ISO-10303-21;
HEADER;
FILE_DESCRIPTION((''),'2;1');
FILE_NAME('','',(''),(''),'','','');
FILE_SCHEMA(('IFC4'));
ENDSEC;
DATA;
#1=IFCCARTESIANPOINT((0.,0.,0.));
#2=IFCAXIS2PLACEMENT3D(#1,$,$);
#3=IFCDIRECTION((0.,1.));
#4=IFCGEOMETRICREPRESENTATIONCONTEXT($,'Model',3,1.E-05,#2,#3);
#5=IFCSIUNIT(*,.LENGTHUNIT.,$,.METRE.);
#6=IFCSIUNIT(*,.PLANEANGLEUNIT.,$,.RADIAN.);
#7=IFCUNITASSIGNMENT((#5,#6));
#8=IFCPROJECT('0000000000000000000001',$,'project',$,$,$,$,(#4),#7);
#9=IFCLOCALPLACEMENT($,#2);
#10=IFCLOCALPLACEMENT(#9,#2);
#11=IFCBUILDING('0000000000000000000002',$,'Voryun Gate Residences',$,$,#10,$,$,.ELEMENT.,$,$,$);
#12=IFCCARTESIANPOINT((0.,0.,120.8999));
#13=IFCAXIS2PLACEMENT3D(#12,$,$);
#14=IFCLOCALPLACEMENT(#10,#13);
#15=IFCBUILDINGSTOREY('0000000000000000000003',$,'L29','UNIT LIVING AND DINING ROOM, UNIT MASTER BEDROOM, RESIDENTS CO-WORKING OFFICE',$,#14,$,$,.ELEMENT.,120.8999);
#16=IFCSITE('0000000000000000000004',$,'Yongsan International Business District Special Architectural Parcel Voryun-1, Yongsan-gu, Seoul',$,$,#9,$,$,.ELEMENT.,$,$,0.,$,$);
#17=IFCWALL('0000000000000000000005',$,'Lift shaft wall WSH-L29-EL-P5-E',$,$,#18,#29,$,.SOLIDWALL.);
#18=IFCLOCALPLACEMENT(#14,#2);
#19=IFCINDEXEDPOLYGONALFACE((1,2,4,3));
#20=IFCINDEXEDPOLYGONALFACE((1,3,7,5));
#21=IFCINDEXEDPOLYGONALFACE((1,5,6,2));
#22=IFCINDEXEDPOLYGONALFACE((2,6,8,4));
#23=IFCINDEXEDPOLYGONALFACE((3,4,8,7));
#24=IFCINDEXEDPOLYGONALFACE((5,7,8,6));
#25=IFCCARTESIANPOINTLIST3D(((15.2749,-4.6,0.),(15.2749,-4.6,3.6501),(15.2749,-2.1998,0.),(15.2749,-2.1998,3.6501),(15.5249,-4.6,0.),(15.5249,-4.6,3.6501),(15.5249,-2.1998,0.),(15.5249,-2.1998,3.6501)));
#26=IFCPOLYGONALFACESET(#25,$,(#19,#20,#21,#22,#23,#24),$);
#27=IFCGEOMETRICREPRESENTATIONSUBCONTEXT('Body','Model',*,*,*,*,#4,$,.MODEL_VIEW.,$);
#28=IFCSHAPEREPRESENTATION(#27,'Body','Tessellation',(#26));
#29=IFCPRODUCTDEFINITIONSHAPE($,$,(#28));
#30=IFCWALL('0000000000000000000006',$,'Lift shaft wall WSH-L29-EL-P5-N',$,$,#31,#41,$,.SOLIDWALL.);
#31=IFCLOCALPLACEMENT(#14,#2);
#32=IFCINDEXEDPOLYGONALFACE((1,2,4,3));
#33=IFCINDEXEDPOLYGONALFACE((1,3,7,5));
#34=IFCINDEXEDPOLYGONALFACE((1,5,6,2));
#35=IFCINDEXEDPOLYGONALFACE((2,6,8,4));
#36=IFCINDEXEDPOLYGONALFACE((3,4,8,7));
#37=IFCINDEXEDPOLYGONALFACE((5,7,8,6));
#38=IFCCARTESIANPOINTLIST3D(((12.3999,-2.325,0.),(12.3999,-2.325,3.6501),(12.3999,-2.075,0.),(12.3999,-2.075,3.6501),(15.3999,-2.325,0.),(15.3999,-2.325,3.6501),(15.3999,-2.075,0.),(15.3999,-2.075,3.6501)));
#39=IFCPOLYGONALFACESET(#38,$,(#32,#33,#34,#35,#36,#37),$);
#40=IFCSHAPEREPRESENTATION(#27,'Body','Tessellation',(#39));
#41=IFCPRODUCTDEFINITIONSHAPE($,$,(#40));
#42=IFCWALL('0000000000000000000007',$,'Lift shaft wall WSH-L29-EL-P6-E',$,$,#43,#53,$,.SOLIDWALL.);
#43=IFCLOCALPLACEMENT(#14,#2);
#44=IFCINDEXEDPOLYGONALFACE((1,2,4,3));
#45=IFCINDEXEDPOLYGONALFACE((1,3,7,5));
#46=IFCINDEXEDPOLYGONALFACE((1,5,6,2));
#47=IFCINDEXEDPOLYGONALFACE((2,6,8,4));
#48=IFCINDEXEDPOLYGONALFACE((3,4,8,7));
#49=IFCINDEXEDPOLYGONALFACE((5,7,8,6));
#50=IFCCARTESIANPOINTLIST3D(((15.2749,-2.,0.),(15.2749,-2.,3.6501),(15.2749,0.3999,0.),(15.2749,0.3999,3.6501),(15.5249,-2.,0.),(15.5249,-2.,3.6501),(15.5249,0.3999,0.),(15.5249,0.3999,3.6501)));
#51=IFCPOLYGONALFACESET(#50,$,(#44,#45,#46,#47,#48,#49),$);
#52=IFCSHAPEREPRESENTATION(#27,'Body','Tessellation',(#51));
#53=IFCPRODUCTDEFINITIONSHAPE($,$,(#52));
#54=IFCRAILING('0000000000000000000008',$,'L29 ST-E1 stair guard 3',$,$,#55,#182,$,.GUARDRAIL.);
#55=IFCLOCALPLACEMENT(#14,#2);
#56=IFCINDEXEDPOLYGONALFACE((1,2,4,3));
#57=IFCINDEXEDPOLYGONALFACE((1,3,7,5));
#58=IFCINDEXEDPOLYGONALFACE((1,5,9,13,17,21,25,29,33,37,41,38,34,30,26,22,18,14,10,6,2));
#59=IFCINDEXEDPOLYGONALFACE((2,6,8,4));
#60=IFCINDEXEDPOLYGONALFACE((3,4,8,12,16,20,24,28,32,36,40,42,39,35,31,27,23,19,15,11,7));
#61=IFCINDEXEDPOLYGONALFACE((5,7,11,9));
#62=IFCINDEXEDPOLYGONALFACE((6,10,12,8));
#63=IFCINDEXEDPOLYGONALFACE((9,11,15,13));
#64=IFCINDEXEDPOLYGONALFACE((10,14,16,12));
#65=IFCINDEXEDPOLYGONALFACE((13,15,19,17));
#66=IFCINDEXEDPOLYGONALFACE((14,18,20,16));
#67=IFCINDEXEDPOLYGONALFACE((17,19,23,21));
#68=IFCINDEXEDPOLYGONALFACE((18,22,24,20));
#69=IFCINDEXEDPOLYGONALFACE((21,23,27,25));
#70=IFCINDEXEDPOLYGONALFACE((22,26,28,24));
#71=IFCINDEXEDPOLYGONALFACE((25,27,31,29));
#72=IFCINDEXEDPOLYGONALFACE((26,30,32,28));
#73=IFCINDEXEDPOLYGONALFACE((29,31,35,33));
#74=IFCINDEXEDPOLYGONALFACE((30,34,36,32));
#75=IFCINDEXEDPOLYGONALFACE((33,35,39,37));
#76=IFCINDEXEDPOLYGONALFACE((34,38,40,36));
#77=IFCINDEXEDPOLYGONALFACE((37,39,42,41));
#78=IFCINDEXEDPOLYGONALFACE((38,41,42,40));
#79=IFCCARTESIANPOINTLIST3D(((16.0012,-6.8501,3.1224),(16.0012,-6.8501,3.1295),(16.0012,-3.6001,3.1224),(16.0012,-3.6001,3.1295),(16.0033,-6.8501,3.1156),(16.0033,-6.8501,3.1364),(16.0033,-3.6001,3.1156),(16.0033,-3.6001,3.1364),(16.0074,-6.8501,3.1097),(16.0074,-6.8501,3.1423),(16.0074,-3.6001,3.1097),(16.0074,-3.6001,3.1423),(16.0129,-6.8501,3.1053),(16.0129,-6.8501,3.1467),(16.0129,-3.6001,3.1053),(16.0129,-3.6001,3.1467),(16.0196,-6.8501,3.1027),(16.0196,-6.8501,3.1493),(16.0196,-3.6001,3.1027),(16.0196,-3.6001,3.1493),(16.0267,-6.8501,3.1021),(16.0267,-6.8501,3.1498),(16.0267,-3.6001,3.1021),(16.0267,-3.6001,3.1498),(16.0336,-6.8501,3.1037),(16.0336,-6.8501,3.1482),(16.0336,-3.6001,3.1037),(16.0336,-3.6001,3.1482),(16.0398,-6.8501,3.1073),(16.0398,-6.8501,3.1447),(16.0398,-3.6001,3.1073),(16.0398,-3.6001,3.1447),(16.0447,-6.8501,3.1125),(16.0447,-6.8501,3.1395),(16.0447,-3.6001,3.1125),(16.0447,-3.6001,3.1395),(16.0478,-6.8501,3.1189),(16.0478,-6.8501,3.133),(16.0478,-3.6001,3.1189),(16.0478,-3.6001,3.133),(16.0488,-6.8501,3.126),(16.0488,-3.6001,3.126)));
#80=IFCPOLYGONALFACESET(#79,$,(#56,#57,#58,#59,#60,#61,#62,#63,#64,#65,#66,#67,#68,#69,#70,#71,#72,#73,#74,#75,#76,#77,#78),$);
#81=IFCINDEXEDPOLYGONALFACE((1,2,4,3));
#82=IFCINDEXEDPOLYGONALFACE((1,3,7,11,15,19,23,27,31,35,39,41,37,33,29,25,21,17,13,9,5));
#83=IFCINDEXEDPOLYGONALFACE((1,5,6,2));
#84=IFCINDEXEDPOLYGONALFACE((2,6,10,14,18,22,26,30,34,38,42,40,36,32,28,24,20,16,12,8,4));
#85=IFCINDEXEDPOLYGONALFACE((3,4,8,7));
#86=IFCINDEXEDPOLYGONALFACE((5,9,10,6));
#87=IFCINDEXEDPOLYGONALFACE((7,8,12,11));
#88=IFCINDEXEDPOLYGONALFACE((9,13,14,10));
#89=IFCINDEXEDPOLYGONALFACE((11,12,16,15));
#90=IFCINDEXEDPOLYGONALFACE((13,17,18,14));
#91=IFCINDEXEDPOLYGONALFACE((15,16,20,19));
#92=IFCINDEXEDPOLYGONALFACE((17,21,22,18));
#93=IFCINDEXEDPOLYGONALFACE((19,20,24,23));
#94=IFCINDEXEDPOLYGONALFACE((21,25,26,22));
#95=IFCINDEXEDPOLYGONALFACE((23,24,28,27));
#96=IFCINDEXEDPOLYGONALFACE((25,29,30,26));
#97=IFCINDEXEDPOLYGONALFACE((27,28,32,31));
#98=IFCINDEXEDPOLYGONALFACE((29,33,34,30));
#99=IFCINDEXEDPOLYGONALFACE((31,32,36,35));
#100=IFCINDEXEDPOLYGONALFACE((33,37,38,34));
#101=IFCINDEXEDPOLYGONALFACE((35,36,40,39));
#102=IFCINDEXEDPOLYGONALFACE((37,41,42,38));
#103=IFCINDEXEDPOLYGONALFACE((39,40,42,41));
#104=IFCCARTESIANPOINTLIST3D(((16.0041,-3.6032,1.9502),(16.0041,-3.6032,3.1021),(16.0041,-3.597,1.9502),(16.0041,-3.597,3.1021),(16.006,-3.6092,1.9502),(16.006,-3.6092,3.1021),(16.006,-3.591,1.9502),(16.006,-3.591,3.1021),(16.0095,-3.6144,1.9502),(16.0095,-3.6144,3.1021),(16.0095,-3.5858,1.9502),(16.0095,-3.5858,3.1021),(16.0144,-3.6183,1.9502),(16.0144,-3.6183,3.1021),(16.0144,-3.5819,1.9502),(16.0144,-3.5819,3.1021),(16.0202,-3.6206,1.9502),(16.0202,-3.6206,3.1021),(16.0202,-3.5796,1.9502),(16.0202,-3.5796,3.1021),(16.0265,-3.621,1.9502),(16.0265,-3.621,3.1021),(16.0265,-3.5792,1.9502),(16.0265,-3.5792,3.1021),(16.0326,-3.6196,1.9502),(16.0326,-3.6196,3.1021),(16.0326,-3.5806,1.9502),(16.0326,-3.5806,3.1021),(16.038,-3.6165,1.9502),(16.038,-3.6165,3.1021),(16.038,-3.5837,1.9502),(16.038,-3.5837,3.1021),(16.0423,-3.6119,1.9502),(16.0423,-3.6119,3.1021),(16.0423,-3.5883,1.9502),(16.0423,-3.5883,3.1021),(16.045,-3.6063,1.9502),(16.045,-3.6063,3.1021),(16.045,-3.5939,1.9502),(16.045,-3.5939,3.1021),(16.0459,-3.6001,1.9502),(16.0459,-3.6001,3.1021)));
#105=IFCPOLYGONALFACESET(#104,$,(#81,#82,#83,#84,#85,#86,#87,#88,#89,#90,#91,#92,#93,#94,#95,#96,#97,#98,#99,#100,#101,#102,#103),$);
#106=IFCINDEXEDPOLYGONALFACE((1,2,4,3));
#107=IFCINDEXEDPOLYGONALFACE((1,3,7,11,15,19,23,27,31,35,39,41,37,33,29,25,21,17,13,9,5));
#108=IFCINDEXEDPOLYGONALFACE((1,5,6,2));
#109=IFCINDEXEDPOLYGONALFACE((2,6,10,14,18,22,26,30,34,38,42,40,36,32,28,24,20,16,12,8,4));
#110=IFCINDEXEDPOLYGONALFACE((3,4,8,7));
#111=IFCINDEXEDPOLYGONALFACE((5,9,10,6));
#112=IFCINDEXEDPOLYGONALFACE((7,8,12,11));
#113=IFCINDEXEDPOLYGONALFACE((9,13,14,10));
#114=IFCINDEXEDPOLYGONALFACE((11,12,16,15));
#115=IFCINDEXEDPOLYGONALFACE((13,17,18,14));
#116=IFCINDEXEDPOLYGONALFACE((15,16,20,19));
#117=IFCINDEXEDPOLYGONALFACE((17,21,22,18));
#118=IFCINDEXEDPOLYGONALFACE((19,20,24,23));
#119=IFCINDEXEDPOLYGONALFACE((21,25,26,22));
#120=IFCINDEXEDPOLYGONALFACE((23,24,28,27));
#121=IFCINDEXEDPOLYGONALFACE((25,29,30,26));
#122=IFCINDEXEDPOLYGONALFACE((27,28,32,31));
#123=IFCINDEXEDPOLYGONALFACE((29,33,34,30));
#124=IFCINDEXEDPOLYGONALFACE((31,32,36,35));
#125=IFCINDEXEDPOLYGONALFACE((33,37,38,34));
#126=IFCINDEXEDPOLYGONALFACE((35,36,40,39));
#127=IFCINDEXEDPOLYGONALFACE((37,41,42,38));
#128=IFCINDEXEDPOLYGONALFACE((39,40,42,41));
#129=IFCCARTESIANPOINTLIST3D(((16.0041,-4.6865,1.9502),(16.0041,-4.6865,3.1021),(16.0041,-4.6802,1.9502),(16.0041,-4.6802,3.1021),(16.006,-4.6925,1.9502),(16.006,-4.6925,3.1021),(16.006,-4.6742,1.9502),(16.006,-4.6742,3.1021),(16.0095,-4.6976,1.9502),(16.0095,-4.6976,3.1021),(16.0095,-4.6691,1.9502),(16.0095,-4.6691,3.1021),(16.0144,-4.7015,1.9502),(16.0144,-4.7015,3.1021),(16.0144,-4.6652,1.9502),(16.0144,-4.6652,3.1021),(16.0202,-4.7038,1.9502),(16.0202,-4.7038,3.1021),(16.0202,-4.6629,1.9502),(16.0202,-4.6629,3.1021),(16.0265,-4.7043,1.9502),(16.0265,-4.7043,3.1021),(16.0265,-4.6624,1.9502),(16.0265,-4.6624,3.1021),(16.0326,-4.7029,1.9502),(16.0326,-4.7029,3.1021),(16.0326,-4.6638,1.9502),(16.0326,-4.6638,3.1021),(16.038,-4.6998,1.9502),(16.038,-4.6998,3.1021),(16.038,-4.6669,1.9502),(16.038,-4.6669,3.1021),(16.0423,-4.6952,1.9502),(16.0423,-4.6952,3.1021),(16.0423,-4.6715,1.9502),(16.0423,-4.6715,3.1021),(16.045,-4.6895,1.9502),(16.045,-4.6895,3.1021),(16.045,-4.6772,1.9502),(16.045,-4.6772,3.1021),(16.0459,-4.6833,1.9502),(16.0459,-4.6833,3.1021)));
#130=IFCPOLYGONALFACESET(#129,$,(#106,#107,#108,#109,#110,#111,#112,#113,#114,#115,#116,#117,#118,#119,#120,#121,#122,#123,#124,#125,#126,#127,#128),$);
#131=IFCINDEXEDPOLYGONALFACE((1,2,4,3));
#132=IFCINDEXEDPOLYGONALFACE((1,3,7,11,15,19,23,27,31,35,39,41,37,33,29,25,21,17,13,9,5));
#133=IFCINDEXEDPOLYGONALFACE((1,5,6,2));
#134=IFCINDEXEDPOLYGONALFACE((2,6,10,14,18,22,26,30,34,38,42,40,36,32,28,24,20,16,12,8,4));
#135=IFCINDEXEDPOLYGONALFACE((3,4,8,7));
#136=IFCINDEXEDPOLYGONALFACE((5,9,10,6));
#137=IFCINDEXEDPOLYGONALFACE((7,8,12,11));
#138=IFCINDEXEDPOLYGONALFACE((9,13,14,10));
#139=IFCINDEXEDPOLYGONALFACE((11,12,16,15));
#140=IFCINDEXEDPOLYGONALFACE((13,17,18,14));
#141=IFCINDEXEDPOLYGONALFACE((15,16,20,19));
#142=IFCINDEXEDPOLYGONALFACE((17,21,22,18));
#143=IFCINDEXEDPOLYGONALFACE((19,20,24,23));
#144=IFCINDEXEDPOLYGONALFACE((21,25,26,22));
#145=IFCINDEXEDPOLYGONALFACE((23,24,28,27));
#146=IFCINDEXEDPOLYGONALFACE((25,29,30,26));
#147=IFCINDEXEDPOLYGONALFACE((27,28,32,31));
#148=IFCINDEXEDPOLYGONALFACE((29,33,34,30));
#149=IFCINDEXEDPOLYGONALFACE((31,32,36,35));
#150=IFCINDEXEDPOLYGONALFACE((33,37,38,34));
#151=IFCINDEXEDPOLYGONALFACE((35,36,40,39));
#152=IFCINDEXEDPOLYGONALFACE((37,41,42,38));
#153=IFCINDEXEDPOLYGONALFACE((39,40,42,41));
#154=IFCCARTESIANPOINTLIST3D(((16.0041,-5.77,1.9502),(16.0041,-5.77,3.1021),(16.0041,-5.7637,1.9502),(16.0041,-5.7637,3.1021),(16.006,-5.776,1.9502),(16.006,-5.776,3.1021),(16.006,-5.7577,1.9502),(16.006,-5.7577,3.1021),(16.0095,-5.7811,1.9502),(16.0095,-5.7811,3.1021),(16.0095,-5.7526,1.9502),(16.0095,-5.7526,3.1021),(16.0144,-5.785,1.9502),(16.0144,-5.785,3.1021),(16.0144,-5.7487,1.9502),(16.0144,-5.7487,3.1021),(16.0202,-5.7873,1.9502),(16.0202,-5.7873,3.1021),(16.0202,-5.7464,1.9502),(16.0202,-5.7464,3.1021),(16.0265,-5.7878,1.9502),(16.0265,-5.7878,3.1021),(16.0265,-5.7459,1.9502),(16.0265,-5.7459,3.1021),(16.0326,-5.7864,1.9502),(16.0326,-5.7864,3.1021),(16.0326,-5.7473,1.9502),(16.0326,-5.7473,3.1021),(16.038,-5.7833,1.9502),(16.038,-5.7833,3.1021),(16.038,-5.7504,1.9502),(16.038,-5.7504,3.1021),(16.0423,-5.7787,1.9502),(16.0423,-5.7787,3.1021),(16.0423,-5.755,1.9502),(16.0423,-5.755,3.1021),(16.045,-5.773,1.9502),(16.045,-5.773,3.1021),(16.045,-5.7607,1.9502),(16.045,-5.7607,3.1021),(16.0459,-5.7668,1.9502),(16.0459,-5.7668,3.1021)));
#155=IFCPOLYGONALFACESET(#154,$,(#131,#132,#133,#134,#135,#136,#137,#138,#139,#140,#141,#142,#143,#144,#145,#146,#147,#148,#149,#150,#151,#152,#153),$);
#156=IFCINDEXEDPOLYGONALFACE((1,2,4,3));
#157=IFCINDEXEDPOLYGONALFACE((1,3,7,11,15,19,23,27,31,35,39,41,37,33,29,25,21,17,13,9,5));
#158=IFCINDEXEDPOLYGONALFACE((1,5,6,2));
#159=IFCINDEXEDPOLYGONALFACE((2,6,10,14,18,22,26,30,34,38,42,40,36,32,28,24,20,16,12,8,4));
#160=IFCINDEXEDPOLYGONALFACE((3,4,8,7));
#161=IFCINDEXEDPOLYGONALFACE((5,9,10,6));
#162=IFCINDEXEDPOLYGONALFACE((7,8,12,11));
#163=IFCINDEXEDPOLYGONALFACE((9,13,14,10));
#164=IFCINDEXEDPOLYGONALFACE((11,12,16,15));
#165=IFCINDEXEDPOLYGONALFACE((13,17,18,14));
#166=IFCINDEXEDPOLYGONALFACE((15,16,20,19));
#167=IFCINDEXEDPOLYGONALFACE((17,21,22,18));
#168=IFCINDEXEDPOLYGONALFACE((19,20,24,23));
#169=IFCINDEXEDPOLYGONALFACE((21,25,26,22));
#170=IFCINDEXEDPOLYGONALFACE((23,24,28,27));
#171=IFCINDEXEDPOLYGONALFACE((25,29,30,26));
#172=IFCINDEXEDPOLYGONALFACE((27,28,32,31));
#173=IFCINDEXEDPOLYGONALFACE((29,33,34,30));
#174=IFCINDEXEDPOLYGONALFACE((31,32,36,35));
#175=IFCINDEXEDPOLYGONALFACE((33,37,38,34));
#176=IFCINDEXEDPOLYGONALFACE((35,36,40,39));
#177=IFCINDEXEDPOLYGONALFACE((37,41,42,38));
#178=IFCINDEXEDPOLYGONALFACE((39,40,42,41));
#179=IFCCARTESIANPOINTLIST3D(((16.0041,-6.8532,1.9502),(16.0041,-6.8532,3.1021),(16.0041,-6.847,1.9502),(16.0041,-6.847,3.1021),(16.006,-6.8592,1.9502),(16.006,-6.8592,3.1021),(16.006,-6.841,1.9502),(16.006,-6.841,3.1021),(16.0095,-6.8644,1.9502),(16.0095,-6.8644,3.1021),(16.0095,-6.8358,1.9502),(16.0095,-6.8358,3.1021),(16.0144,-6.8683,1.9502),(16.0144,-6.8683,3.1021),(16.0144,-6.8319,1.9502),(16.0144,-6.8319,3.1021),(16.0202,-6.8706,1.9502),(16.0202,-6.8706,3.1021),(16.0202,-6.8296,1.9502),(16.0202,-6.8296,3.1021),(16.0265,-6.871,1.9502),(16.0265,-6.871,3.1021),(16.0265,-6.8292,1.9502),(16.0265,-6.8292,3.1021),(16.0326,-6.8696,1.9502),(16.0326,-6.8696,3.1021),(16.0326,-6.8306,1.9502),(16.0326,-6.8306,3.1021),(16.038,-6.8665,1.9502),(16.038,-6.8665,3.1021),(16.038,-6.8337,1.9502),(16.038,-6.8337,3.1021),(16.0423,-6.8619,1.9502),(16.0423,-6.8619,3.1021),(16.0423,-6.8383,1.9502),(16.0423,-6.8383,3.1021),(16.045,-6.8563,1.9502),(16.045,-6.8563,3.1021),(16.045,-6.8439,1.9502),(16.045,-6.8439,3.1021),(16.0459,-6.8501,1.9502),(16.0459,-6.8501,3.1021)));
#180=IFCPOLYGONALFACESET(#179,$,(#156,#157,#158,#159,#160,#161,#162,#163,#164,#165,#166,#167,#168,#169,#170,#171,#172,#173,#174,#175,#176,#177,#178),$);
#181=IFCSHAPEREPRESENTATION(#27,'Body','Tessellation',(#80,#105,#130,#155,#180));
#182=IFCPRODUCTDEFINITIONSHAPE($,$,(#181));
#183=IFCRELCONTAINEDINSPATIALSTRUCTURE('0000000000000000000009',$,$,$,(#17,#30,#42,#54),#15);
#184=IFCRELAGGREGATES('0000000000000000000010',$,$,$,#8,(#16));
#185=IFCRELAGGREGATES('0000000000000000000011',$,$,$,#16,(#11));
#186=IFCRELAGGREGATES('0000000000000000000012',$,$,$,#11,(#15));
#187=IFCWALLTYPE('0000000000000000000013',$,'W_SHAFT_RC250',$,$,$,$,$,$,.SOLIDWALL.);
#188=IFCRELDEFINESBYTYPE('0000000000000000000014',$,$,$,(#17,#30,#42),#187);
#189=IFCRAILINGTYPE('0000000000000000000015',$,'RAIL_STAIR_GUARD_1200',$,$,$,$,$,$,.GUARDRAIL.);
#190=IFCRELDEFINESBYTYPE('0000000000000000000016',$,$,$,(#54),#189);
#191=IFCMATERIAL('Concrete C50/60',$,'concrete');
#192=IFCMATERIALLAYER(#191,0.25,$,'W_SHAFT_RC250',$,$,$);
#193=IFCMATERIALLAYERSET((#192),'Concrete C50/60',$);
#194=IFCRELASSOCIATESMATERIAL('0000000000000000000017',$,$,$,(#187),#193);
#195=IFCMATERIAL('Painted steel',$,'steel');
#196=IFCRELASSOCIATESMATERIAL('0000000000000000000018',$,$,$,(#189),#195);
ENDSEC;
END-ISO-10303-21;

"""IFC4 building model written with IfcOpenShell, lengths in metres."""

from ifc_helpers import new_model, si_unit, direction, frame, frame_2d, origin, origin_2d, place, context, subcontext, project, spatial, rectangle, circle, extrude, material, layer, layer_set, type_object, element, save


model = new_model("IFC4")

# Units and contexts
model_context = context("Model", 3, precision=1e-05, world=origin(), true_north=direction((0.0, 1.0)))
body_context = subcontext(model_context, "Body", "Model", "MODEL_VIEW")
ifc_project = project(units=[si_unit("LENGTHUNIT", "METRE"), si_unit("PLANEANGLEUNIT", "RADIAN")], contexts=[model_context])

# Site, building, storey
site_placement = place(None, origin())
site = spatial("IfcSite", under=ifc_project, at=site_placement, Name="Yongsan International Business District Special Architectural Parcel Voryun-1, Yongsan-gu, Seoul", CompositionType="ELEMENT", RefElevation=0.0)
building_placement = place(site_placement, origin())
building = spatial("IfcBuilding", under=site, at=building_placement, Name="Voryun Gate Residences", CompositionType="ELEMENT")
storey_placement = place(building_placement, frame((0.0, 0.0, 120.8999)))
storey = spatial("IfcBuildingStorey", under=building, at=storey_placement, Name="L29", Description="UNIT LIVING AND DINING ROOM, UNIT MASTER BEDROOM, RESIDENTS CO-WORKING OFFICE", CompositionType="ELEMENT", Elevation=120.8999)

# Walls
ifc_material_1 = material(Name="Concrete C50/60", Category="concrete")
ifc_layer_1 = layer(ifc_material_1, 0.25, Name="W_SHAFT_RC250")
ifc_layer_set_1 = layer_set([ifc_layer_1], Name="Concrete C50/60")
wall_type_1 = type_object("IfcWallType", Name="W_SHAFT_RC250", PredefinedType="SOLIDWALL", material=ifc_layer_set_1)
wall_1_placement = place(storey_placement, frame((15.3999, -4.6001, 0.0), z_axis=(0.0, 0.0, 1.0), x_axis=(0.0, 1.0, 0.0)))
element("IfcWall", 1, at=wall_1_placement, inside=storey, type_object=wall_type_1, Name="Lift shaft wall WSH-L29-EL-P5-E", PredefinedType="SOLIDWALL", context=body_context, shape_type="SweptSolid", body=[
    extrude(rectangle(XDim=2.4001, YDim=0.25, at=frame_2d((1.2002, 0.0))), origin(), (0.0, 0.0, 1.0), 3.6501),
])
wall_2_placement = place(storey_placement, frame((15.3999, -2.2, 0.0), z_axis=(0.0, 0.0, 1.0), x_axis=(-1.0, 0.0, 0.0)))
element("IfcWall", 2, at=wall_2_placement, inside=storey, type_object=wall_type_1, Name="Lift shaft wall WSH-L29-EL-P5-N", PredefinedType="SOLIDWALL", context=body_context, shape_type="SweptSolid", body=[
    extrude(rectangle(XDim=3.0, YDim=0.25, at=frame_2d((1.5, 0.0))), origin(), (0.0, 0.0, 1.0), 3.6501),
])
wall_3_placement = place(storey_placement, frame((15.3999, -2.0, 0.0), z_axis=(0.0, 0.0, 1.0), x_axis=(0.0, 1.0, 0.0)))
element("IfcWall", 3, at=wall_3_placement, inside=storey, type_object=wall_type_1, Name="Lift shaft wall WSH-L29-EL-P6-E", PredefinedType="SOLIDWALL", context=body_context, shape_type="SweptSolid", body=[
    extrude(rectangle(XDim=2.3999, YDim=0.25, at=frame_2d((1.2, 0.0))), origin(), (0.0, 0.0, 1.0), 3.6501),
])

# Railing
ifc_material_2 = material(Name="Painted steel", Category="steel")
railing_type_1 = type_object("IfcRailingType", Name="RAIL_STAIR_GUARD_1200", PredefinedType="GUARDRAIL", material=ifc_material_2)
railing_1_placement = place(storey_placement, frame((16.0249, -3.6001, 1.9502)))
element("IfcRailing", 4, at=railing_1_placement, inside=storey, type_object=railing_type_1, Name="L29 ST-E1 stair guard 3", PredefinedType="GUARDRAIL", context=body_context, shape_type="SweptSolid", body=[
    extrude(circle(Radius=0.0239, at=origin_2d()), frame((0.0, 0.0, 1.1758), z_axis=(0.0, -1.0, 0.0), x_axis=(1.0, 0.0, 0.0)), (0.0, 0.0, 1.0), 3.25),
    extrude(circle(Radius=0.021, at=origin_2d()), origin(), (0.0, 0.0, 1.0), 1.1519),
    extrude(circle(Radius=0.021, at=origin_2d()), frame((0.0, -1.0833, 0.0)), (0.0, 0.0, 1.0), 1.1519),
    extrude(circle(Radius=0.021, at=origin_2d()), frame((0.0, -2.1667, 0.0)), (0.0, 0.0, 1.0), 1.1519),
    extrude(circle(Radius=0.021, at=origin_2d()), frame((0.0, -3.25, 0.0)), (0.0, 0.0, 1.0), 1.1519),
])

save(model, "model.ifc")
